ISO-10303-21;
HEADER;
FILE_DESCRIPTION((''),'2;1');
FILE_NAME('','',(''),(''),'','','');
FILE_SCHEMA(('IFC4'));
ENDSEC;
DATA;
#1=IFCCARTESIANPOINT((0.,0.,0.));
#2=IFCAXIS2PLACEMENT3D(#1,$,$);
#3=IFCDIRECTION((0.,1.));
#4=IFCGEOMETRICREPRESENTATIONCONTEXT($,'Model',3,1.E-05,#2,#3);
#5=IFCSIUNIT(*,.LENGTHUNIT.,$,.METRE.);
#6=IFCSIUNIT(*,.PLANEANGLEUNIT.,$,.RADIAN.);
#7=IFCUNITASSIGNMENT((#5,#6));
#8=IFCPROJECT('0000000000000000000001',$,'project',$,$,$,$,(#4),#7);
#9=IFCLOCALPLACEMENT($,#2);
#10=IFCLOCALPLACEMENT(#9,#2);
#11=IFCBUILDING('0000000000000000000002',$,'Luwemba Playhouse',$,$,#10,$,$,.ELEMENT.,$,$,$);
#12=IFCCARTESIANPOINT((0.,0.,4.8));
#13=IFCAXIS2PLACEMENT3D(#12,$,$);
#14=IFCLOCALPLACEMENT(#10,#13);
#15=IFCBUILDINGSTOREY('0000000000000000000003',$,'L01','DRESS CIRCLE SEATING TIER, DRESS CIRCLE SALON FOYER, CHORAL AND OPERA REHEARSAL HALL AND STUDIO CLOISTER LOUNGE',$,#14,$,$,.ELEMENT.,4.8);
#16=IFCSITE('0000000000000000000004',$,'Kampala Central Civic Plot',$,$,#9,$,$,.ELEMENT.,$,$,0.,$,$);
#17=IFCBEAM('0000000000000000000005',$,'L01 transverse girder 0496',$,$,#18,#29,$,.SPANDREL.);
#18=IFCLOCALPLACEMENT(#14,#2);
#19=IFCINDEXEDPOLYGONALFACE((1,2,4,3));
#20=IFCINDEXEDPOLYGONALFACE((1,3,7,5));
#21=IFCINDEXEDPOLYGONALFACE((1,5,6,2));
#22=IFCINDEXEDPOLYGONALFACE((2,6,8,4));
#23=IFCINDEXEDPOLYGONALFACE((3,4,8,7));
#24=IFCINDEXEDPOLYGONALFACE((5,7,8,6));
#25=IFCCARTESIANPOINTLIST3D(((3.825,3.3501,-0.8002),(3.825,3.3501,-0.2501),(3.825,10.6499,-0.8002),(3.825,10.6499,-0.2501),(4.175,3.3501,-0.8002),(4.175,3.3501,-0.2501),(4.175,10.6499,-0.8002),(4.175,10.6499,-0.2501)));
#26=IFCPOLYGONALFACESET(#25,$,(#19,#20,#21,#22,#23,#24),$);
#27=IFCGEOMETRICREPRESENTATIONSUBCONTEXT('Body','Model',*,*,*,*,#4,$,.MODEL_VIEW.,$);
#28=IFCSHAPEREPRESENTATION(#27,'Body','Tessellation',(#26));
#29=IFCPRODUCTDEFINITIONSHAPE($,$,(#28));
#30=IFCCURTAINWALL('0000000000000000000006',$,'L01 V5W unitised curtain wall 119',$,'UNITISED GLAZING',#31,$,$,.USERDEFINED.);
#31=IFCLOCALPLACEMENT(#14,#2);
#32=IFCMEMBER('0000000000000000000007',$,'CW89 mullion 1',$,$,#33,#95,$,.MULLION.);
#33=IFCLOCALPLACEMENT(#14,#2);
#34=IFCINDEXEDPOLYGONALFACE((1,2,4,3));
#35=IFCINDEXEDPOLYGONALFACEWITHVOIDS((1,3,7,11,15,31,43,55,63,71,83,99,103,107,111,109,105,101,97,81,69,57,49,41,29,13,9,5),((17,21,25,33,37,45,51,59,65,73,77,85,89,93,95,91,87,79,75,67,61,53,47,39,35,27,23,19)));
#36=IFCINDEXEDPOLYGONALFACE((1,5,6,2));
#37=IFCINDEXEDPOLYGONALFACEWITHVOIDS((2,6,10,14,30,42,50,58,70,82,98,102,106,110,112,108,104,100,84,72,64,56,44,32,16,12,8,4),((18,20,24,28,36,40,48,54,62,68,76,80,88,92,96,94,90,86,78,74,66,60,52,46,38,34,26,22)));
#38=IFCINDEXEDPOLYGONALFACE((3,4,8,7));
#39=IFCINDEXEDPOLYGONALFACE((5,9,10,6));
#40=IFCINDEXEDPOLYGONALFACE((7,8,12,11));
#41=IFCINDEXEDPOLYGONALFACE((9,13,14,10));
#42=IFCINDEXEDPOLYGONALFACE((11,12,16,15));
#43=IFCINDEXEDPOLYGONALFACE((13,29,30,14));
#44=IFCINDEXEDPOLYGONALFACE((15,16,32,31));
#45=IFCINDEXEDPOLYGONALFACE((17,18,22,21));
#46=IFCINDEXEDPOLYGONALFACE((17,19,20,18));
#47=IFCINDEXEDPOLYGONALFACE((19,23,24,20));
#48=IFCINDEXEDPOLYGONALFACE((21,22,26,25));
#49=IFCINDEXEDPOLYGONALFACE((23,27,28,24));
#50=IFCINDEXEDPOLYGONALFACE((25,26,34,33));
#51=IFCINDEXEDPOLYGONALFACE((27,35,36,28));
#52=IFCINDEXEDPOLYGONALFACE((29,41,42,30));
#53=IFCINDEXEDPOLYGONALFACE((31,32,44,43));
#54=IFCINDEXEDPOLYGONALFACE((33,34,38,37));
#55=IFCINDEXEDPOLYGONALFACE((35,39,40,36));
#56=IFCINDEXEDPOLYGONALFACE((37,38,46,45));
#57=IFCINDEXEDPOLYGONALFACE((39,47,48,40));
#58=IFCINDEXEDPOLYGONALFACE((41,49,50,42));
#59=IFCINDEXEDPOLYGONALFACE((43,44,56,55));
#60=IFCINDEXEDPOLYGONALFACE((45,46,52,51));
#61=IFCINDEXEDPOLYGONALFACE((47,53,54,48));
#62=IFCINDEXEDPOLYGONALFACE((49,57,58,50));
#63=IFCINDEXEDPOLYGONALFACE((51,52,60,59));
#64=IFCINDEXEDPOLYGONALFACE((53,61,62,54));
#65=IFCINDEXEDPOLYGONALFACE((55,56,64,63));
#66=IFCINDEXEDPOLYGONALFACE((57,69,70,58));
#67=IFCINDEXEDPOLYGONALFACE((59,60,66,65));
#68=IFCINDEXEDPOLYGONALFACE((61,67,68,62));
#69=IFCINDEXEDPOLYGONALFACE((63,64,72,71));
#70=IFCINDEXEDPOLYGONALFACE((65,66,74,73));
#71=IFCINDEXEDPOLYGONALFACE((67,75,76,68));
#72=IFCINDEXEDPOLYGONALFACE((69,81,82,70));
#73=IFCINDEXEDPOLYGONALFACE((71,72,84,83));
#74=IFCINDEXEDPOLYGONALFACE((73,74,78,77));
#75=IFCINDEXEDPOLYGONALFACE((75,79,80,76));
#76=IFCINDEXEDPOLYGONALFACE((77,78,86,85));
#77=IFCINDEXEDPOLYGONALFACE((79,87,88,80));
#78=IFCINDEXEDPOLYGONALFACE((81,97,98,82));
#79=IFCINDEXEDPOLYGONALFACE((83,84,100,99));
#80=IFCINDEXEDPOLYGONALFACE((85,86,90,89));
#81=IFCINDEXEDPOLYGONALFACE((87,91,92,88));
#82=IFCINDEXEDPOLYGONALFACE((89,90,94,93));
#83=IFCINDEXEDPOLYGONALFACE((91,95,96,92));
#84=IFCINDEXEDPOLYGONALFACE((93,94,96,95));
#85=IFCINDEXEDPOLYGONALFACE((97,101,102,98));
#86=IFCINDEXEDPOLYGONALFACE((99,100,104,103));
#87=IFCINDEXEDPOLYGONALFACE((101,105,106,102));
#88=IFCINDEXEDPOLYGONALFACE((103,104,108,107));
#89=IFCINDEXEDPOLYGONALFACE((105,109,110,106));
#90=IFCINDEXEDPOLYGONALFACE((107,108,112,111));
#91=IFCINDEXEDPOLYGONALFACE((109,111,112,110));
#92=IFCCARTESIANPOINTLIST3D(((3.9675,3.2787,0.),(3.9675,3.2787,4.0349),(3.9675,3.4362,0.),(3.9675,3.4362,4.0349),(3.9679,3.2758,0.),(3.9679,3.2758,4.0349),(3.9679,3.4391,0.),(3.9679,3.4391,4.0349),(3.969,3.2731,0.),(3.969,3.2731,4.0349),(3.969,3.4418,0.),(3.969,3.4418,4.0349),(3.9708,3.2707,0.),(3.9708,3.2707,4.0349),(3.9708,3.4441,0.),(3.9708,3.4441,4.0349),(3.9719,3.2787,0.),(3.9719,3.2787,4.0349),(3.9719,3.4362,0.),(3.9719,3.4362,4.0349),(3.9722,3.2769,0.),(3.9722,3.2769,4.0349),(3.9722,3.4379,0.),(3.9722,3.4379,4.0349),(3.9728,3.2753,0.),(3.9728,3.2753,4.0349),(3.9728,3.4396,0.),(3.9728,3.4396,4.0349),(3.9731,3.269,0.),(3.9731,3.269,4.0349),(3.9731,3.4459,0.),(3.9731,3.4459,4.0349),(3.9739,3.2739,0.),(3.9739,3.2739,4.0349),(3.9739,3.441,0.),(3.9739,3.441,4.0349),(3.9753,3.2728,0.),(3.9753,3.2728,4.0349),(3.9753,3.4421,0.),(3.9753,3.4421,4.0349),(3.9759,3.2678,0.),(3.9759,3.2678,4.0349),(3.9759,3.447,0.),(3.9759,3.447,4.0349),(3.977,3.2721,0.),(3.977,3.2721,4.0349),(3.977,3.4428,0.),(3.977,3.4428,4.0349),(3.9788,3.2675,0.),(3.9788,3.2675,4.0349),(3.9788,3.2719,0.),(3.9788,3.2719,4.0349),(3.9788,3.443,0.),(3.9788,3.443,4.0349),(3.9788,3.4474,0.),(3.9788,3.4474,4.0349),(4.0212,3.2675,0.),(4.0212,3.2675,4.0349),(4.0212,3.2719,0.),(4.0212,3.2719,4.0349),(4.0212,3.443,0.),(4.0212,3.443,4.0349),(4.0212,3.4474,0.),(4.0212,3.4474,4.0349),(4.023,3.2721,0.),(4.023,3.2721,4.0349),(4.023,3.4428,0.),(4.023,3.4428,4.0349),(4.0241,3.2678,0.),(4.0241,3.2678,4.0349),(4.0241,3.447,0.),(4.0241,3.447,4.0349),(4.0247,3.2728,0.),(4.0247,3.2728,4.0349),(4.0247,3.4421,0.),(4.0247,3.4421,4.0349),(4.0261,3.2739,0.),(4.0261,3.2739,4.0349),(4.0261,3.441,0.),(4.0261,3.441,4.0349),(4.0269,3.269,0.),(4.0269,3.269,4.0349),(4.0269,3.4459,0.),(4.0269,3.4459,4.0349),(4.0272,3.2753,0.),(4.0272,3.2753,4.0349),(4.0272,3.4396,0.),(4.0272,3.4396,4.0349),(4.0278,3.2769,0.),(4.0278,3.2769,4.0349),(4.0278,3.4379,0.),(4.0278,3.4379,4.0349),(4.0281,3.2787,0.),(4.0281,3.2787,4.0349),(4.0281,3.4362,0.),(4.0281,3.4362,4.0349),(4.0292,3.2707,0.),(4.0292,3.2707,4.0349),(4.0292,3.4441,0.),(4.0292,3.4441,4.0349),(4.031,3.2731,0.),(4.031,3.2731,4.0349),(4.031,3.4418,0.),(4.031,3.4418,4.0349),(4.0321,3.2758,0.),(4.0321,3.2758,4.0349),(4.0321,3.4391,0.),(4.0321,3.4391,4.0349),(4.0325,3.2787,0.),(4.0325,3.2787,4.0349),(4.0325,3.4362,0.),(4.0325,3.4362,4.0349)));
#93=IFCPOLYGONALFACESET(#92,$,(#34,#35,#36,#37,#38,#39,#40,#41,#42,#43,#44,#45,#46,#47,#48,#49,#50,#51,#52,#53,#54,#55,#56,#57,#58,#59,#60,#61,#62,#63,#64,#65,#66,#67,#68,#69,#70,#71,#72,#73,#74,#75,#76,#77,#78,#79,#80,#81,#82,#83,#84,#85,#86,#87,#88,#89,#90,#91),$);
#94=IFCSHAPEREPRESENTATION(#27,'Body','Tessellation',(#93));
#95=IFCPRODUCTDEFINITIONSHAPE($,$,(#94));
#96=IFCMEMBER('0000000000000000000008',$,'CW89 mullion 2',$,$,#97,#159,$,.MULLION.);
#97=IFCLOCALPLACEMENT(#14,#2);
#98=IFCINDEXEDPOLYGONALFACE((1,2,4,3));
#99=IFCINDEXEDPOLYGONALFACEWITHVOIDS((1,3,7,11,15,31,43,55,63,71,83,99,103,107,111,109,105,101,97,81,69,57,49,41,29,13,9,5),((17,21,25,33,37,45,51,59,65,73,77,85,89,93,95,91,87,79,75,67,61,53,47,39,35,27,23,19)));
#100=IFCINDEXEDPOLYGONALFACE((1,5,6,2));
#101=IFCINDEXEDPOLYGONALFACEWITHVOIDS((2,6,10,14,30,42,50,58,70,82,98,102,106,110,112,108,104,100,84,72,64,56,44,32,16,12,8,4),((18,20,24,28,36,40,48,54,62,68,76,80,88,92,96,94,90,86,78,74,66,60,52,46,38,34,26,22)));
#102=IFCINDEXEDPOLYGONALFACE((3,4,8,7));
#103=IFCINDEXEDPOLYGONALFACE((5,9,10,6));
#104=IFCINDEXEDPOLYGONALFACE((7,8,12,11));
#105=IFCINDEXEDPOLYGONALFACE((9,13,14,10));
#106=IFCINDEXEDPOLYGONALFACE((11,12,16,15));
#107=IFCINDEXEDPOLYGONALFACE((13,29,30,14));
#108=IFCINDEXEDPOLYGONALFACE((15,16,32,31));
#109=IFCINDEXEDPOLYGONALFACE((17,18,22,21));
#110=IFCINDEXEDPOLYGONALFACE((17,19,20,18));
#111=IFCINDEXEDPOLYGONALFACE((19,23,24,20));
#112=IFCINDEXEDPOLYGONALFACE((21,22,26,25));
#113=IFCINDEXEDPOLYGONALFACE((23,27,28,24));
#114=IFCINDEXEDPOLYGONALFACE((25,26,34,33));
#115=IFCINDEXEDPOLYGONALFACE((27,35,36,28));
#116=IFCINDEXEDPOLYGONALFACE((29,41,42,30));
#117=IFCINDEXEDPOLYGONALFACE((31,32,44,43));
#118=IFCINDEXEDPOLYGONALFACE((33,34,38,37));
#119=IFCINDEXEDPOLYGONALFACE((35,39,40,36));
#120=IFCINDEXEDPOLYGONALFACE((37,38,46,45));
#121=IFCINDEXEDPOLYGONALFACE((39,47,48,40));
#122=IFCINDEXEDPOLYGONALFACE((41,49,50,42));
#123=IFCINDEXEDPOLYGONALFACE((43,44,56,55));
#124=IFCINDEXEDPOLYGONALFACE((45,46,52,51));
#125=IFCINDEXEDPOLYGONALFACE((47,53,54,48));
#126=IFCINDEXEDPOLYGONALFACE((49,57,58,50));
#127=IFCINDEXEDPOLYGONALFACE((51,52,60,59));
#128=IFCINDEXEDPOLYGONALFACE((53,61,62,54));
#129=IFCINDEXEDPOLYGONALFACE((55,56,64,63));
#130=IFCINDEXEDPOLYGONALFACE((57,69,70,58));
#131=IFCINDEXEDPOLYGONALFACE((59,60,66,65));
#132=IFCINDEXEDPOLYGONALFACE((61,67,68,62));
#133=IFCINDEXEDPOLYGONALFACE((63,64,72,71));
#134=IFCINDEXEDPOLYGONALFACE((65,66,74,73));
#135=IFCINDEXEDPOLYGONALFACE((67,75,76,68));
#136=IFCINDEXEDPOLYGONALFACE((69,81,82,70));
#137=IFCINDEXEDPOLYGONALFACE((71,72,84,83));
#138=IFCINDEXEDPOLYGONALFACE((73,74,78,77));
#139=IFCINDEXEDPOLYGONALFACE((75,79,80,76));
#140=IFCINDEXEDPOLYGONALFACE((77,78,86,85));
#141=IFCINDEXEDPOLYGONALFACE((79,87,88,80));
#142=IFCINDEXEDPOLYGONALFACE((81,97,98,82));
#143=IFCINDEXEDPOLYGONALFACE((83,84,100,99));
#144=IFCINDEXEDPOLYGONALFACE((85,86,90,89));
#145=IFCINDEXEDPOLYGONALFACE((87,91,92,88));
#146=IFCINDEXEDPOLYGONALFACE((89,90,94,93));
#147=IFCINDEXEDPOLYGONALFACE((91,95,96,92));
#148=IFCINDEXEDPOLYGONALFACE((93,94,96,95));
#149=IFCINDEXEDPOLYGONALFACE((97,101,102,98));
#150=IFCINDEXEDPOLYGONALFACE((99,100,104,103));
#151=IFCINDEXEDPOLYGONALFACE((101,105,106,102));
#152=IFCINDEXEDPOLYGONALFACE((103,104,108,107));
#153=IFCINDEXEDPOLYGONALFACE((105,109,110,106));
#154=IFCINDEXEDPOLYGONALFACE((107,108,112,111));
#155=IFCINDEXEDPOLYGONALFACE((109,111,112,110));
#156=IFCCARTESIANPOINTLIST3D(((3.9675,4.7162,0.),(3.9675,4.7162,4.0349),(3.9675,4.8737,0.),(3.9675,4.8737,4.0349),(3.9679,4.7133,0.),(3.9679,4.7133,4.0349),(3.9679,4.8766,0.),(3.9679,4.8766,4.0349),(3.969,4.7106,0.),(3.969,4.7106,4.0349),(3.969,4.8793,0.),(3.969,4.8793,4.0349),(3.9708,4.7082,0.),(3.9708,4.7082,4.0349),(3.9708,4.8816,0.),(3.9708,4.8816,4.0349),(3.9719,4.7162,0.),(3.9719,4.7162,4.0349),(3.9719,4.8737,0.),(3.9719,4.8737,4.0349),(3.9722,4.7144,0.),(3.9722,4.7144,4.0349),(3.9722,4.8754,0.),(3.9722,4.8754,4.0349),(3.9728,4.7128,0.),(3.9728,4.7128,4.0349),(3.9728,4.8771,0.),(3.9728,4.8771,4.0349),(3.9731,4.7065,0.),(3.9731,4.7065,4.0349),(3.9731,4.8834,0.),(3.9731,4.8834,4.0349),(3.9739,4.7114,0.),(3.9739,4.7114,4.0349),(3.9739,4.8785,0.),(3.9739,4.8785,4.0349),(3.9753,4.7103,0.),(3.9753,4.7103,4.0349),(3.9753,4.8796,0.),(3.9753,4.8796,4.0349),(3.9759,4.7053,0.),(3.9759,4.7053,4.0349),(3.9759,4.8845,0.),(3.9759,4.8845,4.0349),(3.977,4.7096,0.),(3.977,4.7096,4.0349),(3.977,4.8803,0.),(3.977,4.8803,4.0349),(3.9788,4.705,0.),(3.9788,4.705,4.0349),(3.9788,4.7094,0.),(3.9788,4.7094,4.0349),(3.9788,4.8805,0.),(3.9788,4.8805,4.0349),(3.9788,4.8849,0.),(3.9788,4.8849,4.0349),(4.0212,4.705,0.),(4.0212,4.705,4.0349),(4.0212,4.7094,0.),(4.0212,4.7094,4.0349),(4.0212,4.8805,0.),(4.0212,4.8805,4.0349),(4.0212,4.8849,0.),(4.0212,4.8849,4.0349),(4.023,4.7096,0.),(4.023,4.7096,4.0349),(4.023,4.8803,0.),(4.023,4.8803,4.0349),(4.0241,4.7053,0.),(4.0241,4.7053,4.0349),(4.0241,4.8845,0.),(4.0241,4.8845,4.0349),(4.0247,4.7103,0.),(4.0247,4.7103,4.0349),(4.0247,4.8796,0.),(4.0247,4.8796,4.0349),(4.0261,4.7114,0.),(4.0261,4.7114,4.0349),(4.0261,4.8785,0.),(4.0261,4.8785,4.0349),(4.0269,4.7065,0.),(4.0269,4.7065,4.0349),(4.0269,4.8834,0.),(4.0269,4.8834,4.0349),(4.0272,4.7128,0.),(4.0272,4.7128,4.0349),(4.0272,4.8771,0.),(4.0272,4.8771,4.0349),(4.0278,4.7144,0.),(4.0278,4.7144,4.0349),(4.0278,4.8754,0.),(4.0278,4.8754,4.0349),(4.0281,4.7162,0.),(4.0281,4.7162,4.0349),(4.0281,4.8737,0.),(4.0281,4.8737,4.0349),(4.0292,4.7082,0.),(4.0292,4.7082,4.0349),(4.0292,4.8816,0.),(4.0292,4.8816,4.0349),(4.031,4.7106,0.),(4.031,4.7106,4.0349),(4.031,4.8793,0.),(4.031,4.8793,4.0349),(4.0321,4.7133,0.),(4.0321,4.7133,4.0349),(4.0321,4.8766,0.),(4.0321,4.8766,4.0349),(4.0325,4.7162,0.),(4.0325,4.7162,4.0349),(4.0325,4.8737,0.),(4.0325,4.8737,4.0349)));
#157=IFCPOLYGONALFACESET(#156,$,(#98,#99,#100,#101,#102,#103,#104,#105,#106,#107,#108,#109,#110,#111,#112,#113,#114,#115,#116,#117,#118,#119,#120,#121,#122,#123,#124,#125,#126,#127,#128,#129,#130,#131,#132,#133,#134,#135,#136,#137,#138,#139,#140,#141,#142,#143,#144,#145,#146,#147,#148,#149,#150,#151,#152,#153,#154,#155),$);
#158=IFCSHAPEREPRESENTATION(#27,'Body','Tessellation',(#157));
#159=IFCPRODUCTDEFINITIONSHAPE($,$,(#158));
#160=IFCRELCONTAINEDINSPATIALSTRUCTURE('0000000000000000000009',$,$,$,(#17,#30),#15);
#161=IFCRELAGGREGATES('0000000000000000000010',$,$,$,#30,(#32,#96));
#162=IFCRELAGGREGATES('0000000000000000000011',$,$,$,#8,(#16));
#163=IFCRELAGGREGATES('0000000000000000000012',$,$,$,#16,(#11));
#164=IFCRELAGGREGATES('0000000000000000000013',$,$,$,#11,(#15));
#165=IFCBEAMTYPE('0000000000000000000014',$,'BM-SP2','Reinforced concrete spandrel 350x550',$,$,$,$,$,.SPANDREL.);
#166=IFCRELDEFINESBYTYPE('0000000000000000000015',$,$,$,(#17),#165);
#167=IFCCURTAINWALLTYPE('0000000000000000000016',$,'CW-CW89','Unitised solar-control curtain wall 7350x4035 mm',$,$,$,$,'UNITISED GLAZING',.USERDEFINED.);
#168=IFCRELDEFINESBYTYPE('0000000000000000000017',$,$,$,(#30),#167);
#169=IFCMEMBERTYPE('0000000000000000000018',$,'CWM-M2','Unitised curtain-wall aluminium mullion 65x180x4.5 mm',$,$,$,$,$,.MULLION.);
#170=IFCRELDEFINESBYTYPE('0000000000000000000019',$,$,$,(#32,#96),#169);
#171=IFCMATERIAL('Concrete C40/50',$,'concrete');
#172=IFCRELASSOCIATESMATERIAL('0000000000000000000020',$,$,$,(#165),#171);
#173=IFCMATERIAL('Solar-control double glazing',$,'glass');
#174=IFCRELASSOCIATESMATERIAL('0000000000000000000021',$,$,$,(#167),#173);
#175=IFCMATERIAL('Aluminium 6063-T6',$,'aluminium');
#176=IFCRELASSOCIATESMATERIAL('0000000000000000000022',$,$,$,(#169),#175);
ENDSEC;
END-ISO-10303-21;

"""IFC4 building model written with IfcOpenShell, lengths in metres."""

from ifc_helpers import new_model, si_unit, direction, frame, origin, origin_2d, place, context, subcontext, project, spatial, rectangle, hollow_rectangle, extrude, material, material_profile, profile_set, type_object, element, aggregate, save


model = new_model("IFC4")

# Units and contexts
model_context = context("Model", 3, precision=1e-05, world=origin(), true_north=direction((0.0, 1.0)))
body_context = subcontext(model_context, "Body", "Model", "MODEL_VIEW")
ifc_project = project(units=[si_unit("LENGTHUNIT", "METRE"), si_unit("PLANEANGLEUNIT", "RADIAN")], contexts=[model_context])

# Site, building, storey
site_placement = place(None, origin())
site = spatial("IfcSite", under=ifc_project, at=site_placement, Name="Kampala Central Civic Plot", CompositionType="ELEMENT", RefElevation=0.0)
building_placement = place(site_placement, origin())
building = spatial("IfcBuilding", under=site, at=building_placement, Name="Luwemba Playhouse", CompositionType="ELEMENT")
storey_placement = place(building_placement, frame((0.0, 0.0, 4.8)))
storey = spatial("IfcBuildingStorey", under=building, at=storey_placement, Name="L01", Description="DRESS CIRCLE SEATING TIER, DRESS CIRCLE SALON FOYER, CHORAL AND OPERA REHEARSAL HALL AND STUDIO CLOISTER LOUNGE", CompositionType="ELEMENT", Elevation=4.8)

# Beam
ifc_material_1 = material(Name="Concrete C40/50", Category="concrete")
ifc_material_profile_1 = material_profile(ifc_material_1, rectangle(XDim=0.3501, YDim=0.55, at=origin_2d()))
ifc_profile_set_1 = profile_set([ifc_material_profile_1], Name="Concrete C40/50")
beam_type = type_object("IfcBeamType", Name="BM-SP2", Description="Reinforced concrete spandrel 350x550", PredefinedType="SPANDREL", material=ifc_profile_set_1)
beam_placement = place(storey_placement, frame((4.0, 3.3501, -0.5251), z_axis=(0.0, 1.0, 0.0), x_axis=(-1.0, 0.0, 0.0)))
element("IfcBeam", 1, at=beam_placement, inside=storey, type_object=beam_type, Name="L01 transverse girder 0496", PredefinedType="SPANDREL", context=body_context, shape_type="SweptSolid", body=[
    extrude(rectangle(XDim=0.3501, YDim=0.55, at=origin_2d()), origin(), (0.0, 0.0, 1.0), 7.2998),
])

# Curtain wall, members
ifc_material_2 = material(Name="Solar-control double glazing", Category="glass")
curtain_wall_type_1 = type_object("IfcCurtainWallType", Name="CW-CW89", Description="Unitised solar-control curtain wall 7350x4035 mm", ElementType="UNITISED GLAZING", PredefinedType="USERDEFINED", material=ifc_material_2)
curtain_wall_1_placement = place(storey_placement, origin())
curtain_wall_1 = element("IfcCurtainWall", 2, at=curtain_wall_1_placement, inside=storey, type_object=curtain_wall_type_1, Name="L01 V5W unitised curtain wall 119", ObjectType="UNITISED GLAZING", PredefinedType="USERDEFINED")
ifc_material_3 = material(Name="Aluminium 6063-T6", Category="aluminium")
ifc_material_profile_2 = material_profile(ifc_material_3, hollow_rectangle(XDim=0.0649, YDim=0.1799, WallThickness=0.0044, InnerFilletRadius=0.0068, OuterFilletRadius=0.0112, at=origin_2d()))
ifc_profile_set_2 = profile_set([ifc_material_profile_2], Name="Aluminium 6063-T6")
member_type_1 = type_object("IfcMemberType", Name="CWM-M2", Description="Unitised curtain-wall aluminium mullion 65x180x4.5 mm", PredefinedType="MULLION", material=ifc_profile_set_2)
member_1_placement = place(storey_placement, frame((4.0, 3.3574, 0.0), z_axis=(0.0, 0.0, 1.0), x_axis=(-1.0, 0.0, 0.0)))
member_1 = element("IfcMember", 3, at=member_1_placement, type_object=member_type_1, Name="CW89 mullion 1", PredefinedType="MULLION", context=body_context, shape_type="SweptSolid", body=[
    extrude(hollow_rectangle(XDim=0.0649, YDim=0.1799, WallThickness=0.0044, InnerFilletRadius=0.0068, OuterFilletRadius=0.0112, at=origin_2d()), origin(), (0.0, 0.0, 1.0), 4.0349),
])
member_2_placement = place(storey_placement, frame((4.0, 4.7949, 0.0), z_axis=(0.0, 0.0, 1.0), x_axis=(-1.0, 0.0, 0.0)))
member_2 = element("IfcMember", 4, at=member_2_placement, type_object=member_type_1, Name="CW89 mullion 2", PredefinedType="MULLION", context=body_context, shape_type="SweptSolid", body=[
    extrude(hollow_rectangle(XDim=0.0649, YDim=0.1799, WallThickness=0.0044, InnerFilletRadius=0.0068, OuterFilletRadius=0.0112, at=origin_2d()), origin(), (0.0, 0.0, 1.0), 4.0349),
])

aggregate(curtain_wall_1, [member_1, member_2])

save(model, "model.ifc")
